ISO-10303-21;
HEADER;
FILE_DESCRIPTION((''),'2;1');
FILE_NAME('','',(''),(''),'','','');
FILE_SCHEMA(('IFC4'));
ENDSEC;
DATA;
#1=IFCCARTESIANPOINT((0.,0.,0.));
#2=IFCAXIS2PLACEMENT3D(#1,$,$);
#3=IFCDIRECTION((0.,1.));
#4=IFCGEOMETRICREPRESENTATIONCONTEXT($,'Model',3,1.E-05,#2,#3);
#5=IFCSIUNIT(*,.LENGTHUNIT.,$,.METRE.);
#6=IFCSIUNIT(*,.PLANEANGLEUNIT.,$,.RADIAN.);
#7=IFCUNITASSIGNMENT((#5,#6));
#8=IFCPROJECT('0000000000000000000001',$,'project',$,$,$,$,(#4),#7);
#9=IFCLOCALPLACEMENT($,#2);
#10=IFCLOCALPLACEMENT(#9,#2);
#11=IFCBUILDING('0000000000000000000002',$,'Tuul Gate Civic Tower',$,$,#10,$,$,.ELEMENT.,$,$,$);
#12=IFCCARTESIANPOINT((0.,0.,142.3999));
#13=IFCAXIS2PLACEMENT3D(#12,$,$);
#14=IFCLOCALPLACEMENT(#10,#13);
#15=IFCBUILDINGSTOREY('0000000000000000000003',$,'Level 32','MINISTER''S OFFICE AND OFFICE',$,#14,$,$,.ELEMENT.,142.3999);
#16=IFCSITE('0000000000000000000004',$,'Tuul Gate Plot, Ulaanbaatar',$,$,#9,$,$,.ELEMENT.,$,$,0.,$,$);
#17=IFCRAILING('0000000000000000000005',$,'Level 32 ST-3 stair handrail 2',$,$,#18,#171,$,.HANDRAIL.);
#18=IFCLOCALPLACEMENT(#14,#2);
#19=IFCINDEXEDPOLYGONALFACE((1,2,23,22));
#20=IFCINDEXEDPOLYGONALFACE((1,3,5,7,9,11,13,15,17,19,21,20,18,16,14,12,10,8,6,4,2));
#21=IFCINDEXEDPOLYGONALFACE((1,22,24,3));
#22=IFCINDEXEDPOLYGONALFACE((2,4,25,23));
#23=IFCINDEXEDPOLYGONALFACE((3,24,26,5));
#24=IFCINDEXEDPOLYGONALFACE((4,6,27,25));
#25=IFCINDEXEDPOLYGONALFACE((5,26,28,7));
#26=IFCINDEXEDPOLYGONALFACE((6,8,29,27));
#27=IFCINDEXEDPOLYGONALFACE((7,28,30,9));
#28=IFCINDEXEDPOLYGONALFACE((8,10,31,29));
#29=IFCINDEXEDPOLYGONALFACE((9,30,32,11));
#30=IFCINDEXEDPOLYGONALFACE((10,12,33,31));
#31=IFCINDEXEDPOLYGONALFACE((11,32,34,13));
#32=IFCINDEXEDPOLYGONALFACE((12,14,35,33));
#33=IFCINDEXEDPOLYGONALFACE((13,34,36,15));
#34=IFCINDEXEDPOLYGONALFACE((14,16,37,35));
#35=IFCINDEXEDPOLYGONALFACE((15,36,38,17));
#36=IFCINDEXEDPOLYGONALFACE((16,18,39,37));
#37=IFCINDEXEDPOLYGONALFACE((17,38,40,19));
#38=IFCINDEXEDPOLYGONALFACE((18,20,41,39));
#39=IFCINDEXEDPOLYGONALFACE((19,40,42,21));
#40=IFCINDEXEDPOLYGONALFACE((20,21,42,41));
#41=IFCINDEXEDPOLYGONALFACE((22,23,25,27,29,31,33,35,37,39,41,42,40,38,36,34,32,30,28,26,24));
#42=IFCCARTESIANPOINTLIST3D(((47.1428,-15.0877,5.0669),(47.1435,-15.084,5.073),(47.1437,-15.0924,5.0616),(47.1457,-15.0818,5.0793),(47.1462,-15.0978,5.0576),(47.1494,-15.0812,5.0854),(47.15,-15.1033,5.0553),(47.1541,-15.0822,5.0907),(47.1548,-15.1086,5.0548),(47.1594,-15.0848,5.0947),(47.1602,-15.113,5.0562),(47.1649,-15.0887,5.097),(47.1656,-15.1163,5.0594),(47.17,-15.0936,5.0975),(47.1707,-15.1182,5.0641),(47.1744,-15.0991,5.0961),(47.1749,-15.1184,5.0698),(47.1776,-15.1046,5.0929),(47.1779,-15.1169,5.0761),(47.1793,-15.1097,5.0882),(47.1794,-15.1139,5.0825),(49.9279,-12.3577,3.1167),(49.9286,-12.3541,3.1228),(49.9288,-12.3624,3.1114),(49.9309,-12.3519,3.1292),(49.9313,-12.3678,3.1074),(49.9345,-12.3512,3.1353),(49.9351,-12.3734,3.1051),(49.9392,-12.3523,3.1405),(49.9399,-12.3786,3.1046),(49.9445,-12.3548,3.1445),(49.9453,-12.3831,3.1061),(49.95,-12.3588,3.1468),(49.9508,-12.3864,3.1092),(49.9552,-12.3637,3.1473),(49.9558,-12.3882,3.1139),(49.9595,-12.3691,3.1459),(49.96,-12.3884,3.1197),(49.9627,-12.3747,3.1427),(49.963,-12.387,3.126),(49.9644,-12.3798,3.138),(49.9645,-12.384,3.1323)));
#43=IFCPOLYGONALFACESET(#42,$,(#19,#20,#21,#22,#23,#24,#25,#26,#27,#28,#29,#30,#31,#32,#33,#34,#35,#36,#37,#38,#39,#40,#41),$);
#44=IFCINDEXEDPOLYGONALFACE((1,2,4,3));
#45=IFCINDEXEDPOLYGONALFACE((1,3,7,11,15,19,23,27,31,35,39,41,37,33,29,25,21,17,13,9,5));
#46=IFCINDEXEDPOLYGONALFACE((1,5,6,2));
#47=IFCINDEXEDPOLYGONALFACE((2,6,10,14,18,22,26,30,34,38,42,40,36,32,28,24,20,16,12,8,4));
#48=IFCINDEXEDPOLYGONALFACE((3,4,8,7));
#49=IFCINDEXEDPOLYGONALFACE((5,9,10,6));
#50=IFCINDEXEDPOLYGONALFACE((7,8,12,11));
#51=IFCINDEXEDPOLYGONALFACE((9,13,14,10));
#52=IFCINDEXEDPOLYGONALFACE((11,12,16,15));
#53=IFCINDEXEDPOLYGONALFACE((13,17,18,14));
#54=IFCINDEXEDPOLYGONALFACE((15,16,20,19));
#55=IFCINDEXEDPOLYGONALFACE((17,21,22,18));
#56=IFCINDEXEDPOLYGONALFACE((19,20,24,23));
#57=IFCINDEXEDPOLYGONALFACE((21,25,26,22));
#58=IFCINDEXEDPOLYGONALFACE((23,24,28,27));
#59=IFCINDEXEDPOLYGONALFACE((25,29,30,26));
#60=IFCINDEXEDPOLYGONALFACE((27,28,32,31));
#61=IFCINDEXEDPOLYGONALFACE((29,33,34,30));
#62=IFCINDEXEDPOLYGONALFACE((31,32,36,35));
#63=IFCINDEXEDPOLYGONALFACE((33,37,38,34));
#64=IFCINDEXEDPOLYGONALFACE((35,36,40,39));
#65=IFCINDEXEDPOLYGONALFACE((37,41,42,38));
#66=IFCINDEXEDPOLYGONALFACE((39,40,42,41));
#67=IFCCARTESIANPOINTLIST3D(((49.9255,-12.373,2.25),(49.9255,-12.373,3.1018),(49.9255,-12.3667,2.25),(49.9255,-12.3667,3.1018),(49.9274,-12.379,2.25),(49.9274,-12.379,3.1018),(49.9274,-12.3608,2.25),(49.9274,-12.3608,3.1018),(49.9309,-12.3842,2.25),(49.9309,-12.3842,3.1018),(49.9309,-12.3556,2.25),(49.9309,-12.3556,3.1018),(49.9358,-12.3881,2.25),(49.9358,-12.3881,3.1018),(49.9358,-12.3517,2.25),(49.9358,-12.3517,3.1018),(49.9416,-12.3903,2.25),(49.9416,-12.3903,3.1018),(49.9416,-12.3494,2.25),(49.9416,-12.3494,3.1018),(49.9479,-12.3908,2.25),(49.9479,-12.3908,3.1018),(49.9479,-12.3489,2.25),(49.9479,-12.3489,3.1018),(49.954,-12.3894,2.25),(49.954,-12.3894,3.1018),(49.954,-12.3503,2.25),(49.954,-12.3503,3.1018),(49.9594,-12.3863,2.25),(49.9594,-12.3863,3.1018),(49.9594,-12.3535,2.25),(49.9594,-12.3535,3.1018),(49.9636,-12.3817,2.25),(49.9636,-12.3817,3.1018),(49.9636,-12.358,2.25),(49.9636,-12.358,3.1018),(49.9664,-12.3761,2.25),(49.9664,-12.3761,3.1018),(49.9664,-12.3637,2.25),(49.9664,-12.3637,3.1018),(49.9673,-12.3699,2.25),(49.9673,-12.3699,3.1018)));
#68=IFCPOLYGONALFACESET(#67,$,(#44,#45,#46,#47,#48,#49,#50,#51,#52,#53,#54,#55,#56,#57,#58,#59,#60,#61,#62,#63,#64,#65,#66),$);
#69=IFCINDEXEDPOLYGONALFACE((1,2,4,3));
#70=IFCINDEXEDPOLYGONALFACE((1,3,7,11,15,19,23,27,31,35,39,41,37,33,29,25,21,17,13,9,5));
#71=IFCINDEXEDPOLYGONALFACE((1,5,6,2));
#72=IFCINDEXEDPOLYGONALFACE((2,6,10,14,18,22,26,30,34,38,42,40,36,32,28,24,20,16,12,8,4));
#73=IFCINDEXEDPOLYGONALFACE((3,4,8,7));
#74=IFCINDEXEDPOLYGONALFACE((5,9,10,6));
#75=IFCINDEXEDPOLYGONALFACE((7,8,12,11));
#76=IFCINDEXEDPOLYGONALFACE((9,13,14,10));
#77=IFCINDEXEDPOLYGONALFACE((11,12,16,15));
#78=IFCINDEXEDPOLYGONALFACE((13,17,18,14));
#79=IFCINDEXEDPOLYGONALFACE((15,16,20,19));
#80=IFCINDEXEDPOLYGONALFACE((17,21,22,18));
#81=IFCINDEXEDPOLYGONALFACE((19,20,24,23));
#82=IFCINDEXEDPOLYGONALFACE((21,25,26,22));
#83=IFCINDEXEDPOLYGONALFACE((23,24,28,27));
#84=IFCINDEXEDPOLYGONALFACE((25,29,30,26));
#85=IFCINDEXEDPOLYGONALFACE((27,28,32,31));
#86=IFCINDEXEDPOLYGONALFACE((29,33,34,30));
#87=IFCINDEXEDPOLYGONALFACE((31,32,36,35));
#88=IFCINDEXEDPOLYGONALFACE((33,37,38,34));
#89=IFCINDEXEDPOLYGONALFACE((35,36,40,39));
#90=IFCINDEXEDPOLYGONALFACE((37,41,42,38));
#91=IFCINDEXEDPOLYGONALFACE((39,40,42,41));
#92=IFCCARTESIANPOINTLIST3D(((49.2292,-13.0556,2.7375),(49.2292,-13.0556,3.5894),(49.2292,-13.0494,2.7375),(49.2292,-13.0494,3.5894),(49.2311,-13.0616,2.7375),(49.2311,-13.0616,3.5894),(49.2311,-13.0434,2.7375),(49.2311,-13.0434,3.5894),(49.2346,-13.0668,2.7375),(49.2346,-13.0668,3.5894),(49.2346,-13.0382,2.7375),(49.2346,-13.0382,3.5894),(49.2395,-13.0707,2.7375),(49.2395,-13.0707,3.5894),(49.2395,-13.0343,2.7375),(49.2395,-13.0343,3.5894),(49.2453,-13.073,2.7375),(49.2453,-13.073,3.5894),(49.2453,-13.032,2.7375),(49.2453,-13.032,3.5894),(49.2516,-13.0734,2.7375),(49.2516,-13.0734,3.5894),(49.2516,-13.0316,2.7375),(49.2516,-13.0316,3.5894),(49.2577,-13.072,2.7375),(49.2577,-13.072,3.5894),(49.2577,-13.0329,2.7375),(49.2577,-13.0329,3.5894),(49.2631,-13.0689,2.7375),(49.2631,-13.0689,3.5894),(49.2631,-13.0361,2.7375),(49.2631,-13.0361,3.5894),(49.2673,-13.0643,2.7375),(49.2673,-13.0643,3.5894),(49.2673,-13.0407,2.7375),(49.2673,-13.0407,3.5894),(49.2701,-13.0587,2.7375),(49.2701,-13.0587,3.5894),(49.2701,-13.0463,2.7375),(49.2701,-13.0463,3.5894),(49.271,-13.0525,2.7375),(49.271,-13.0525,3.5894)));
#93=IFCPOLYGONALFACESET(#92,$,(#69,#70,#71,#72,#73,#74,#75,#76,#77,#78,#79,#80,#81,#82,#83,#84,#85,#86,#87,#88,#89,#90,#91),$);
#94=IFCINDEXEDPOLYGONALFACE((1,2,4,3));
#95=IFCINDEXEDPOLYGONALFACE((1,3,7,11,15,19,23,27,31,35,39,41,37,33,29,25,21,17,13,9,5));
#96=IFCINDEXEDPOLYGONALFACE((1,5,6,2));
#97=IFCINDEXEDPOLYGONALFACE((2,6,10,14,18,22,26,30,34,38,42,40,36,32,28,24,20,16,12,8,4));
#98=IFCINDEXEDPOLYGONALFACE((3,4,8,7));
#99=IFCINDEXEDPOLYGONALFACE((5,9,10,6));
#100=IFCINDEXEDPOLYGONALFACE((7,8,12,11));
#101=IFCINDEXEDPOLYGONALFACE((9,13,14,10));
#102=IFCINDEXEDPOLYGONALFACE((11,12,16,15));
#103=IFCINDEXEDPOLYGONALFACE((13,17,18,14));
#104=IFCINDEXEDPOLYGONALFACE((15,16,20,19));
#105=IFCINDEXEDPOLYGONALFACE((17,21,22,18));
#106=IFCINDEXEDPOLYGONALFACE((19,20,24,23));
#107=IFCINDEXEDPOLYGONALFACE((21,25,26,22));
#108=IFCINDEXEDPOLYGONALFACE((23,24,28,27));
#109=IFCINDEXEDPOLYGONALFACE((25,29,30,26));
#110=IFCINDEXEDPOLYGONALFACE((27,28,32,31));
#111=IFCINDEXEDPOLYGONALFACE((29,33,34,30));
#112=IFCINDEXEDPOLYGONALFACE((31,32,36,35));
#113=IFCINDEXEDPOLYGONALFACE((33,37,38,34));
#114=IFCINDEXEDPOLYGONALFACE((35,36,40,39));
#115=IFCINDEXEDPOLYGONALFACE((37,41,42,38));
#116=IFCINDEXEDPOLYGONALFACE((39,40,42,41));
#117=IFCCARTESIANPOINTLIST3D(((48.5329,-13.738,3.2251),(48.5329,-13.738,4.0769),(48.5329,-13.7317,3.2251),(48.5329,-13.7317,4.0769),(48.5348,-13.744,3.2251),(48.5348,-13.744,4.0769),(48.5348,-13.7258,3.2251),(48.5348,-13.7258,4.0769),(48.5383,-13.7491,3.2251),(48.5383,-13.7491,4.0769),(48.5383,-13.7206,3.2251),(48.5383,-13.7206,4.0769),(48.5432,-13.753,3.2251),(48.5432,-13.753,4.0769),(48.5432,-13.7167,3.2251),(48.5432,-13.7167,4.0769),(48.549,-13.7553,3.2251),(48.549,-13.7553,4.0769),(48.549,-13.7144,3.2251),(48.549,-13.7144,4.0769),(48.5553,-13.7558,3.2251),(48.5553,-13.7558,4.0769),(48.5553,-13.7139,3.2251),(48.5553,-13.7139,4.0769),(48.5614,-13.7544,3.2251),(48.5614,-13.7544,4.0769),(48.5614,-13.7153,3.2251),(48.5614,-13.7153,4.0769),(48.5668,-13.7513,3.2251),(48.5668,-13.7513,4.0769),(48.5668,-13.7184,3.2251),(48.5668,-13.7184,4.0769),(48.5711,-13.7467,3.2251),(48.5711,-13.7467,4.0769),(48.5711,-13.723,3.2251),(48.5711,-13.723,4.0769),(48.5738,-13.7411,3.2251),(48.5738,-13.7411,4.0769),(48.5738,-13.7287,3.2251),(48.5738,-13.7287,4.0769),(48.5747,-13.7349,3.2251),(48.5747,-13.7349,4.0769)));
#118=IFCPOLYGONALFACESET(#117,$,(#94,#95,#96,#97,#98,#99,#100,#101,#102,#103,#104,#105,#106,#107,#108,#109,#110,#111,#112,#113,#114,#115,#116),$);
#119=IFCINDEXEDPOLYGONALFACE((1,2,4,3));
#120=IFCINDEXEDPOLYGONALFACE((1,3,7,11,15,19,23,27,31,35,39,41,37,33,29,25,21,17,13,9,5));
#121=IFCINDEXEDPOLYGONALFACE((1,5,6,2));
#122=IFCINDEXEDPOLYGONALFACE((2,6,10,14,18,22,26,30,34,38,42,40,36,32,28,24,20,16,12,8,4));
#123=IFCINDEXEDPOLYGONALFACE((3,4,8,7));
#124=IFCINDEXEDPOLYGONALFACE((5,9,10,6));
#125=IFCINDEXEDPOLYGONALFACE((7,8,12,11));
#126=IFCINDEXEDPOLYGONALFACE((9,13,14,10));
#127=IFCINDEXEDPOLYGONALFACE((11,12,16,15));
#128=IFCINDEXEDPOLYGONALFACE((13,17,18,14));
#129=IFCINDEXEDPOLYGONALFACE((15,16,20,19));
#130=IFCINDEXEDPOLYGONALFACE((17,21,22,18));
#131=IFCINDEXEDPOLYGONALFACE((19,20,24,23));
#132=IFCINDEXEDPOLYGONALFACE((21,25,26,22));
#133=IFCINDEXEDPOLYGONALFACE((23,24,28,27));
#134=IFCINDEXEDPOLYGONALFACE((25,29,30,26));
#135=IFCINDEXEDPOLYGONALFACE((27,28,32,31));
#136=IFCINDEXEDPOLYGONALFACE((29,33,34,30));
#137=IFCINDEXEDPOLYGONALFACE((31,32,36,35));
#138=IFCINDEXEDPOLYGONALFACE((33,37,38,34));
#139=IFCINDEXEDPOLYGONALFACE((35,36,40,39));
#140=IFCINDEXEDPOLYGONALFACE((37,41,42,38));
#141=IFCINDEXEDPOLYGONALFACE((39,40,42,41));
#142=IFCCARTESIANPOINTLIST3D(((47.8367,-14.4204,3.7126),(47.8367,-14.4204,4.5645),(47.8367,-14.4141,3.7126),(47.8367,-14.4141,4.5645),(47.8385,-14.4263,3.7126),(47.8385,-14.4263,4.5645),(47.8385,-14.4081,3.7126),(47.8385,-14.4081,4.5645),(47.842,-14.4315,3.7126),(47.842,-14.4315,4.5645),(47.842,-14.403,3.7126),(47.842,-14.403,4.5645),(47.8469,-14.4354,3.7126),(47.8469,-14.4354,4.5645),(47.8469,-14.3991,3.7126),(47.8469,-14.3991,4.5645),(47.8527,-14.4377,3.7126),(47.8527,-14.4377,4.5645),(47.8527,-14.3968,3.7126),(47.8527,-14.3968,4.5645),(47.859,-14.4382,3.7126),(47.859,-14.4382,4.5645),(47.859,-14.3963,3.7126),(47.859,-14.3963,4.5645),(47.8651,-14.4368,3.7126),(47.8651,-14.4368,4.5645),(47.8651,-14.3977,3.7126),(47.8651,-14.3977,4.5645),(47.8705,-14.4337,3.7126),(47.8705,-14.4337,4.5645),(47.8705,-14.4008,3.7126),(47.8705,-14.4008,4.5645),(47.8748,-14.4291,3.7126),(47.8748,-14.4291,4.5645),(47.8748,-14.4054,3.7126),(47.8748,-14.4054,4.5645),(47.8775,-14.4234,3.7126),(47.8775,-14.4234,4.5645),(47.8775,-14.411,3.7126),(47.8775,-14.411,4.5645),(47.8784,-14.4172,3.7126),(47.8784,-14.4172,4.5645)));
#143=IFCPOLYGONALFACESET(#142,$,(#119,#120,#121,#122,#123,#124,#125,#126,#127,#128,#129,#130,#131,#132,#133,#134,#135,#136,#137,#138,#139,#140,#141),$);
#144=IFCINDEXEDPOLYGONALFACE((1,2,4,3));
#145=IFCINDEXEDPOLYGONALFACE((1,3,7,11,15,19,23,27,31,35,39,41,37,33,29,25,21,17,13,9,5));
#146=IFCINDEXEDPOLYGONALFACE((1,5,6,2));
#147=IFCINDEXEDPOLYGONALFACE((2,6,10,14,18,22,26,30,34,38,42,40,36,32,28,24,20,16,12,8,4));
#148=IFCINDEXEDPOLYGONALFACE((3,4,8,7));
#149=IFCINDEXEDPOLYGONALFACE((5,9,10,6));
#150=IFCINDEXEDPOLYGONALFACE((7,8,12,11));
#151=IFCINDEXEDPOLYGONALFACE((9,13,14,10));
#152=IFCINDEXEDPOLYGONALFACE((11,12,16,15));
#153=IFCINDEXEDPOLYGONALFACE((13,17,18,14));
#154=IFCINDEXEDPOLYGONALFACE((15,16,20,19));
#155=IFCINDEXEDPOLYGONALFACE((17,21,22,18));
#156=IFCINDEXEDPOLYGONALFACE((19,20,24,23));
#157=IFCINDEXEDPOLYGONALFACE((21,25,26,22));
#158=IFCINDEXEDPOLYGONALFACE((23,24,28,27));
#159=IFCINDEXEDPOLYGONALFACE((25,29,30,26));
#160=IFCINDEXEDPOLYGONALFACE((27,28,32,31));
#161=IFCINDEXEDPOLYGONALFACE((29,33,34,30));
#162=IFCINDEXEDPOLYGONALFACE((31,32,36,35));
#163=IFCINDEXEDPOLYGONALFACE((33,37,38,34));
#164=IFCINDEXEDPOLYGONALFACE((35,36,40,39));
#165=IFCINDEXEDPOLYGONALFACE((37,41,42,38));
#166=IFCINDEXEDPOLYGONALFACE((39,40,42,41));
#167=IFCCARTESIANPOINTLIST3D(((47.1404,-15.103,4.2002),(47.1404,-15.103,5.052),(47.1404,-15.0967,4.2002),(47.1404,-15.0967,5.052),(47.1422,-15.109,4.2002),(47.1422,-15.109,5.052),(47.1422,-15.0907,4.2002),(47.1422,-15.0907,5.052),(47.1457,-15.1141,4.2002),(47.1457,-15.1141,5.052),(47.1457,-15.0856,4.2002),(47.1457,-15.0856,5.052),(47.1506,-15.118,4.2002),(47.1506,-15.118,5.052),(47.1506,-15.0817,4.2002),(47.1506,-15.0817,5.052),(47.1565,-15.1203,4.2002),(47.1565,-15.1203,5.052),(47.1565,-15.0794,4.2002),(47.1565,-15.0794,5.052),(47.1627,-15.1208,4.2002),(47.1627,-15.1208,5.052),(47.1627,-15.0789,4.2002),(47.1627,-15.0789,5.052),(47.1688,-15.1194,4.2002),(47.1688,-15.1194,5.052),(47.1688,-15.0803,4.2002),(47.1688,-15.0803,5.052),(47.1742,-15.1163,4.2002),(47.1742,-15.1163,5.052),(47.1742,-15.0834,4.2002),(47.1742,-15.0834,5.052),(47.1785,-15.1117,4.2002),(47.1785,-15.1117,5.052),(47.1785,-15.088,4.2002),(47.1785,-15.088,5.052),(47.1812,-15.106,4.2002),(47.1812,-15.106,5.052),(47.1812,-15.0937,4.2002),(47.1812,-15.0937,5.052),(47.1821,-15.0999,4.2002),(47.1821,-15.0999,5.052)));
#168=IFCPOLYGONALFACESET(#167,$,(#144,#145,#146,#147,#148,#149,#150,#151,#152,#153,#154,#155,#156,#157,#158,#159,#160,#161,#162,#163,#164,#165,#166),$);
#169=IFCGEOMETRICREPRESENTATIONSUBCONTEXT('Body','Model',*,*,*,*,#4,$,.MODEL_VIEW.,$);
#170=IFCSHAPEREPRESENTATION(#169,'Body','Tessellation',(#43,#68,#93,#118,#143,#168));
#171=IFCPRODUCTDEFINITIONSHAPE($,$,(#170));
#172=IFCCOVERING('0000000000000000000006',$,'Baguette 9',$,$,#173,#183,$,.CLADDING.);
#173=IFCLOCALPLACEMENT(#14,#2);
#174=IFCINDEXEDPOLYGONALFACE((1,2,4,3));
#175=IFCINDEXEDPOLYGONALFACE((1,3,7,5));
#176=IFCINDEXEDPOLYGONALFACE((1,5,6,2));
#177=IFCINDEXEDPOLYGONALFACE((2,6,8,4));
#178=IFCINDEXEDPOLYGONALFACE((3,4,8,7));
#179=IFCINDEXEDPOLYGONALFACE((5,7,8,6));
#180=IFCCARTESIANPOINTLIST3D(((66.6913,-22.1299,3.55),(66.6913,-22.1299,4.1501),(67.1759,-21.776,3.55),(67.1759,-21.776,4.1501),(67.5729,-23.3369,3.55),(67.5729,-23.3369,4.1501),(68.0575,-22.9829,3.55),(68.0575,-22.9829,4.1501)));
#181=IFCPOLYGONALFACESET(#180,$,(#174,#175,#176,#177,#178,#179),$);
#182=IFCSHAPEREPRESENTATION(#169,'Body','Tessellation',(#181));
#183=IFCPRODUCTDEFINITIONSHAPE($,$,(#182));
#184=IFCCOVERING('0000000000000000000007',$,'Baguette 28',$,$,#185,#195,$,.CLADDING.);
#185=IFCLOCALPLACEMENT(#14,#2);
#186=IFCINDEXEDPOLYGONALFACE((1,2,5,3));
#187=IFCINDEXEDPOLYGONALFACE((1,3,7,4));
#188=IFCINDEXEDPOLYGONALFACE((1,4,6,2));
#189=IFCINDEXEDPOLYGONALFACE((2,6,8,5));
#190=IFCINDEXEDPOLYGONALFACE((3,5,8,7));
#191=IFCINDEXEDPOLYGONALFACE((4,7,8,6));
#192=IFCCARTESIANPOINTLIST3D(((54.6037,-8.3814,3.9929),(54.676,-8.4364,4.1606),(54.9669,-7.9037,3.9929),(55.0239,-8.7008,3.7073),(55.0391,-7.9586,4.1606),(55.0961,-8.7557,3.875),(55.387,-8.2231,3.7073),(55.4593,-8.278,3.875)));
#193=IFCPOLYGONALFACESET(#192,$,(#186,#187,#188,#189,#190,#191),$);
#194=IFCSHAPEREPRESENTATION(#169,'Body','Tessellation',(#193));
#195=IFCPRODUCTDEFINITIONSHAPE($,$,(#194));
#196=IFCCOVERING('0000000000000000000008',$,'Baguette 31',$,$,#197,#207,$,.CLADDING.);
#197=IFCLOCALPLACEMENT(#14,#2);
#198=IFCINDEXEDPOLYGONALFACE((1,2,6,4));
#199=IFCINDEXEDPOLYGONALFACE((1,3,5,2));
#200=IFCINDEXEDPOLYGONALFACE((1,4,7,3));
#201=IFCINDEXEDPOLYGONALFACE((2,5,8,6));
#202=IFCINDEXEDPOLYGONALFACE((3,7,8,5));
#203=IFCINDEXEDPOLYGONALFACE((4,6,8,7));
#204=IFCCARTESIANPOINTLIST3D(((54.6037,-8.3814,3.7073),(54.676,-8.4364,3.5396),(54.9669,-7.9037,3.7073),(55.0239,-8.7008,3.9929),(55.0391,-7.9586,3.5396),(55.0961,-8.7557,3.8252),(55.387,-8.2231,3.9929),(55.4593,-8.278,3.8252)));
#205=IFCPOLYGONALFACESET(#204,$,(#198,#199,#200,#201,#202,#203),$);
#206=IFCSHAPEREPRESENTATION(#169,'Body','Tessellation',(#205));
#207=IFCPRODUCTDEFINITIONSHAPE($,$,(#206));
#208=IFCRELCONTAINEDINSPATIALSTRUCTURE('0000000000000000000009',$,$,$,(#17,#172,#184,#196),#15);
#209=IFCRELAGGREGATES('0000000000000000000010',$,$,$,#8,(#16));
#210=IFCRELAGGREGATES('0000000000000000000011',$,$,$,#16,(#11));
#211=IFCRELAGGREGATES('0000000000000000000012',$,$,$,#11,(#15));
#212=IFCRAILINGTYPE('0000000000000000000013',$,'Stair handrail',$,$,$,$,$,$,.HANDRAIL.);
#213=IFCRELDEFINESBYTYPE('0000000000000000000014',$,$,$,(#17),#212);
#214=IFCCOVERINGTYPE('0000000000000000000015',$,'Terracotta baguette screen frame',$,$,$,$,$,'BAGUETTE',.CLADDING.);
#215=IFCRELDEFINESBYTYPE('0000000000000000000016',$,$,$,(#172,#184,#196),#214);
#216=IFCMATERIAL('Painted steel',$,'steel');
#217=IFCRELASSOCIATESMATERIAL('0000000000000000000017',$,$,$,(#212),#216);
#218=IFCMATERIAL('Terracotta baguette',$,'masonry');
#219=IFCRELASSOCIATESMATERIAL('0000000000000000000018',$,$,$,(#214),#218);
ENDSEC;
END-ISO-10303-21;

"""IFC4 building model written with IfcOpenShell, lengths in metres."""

from ifc_helpers import new_model, si_unit, direction, frame, origin, origin_2d, place, context, subcontext, project, spatial, rectangle, circle, extrude, material, material_profile, profile_set, type_object, element, save


model = new_model("IFC4")

# Units and contexts
model_context = context("Model", 3, precision=1e-05, world=origin(), true_north=direction((0.0, 1.0)))
body_context = subcontext(model_context, "Body", "Model", "MODEL_VIEW")
ifc_project = project(units=[si_unit("LENGTHUNIT", "METRE"), si_unit("PLANEANGLEUNIT", "RADIAN")], contexts=[model_context])

# Site, building, storey
site_placement = place(None, origin())
site = spatial("IfcSite", under=ifc_project, at=site_placement, Name="Tuul Gate Plot, Ulaanbaatar", CompositionType="ELEMENT", RefElevation=0.0)
building_placement = place(site_placement, origin())
building = spatial("IfcBuilding", under=site, at=building_placement, Name="Tuul Gate Civic Tower", CompositionType="ELEMENT")
storey_placement = place(building_placement, frame((0.0, 0.0, 142.3999)))
storey = spatial("IfcBuildingStorey", under=building, at=storey_placement, Name="Level 32", Description="MINISTER'S OFFICE AND OFFICE", CompositionType="ELEMENT", Elevation=142.3999)

# Railing
ifc_material_1 = material(Name="Painted steel", Category="steel")
railing_type = type_object("IfcRailingType", Name="Stair handrail", PredefinedType="HANDRAIL", material=ifc_material_1)
railing_1_placement = place(storey_placement, frame((49.9463, -12.3699, 2.25)))
element("IfcRailing", 1, at=railing_1_placement, inside=storey, type_object=railing_type, Name="Level 32 ST-3 stair handrail 2", PredefinedType="HANDRAIL", context=body_context, shape_type="SweptSolid", body=[
    extrude(circle(Radius=0.0239, at=origin_2d()), frame((0.0, 0.0, 0.876), z_axis=(-0.638738, -0.626084, 0.447251), x_axis=(0.699998, -0.714145, 0.0)), (0.0, 0.0, 1.0), 4.3604),
    extrude(circle(Radius=0.021, at=origin_2d()), origin(), (0.0, 0.0, 1.0), 0.8518),
    extrude(circle(Radius=0.021, at=origin_2d()), frame((-0.6963, -0.6826, 0.4875)), (0.0, 0.0, 1.0), 0.8518),
    extrude(circle(Radius=0.021, at=origin_2d()), frame((-1.3926, -1.365, 0.9751)), (0.0, 0.0, 1.0), 0.8518),
    extrude(circle(Radius=0.021, at=origin_2d()), frame((-2.0889, -2.0474, 1.4626)), (0.0, 0.0, 1.0), 0.8518),
    extrude(circle(Radius=0.021, at=origin_2d()), frame((-2.7852, -2.73, 1.9502)), (0.0, 0.0, 1.0), 0.8518),
])

# Coverings
ifc_material_2 = material(Name="Terracotta baguette", Category="masonry")
ifc_material_profile_1 = material_profile(ifc_material_2, rectangle(XDim=0.6001, YDim=0.6001, at=origin_2d()), Name="Terracotta baguette screen frame")
ifc_profile_set_1 = profile_set([ifc_material_profile_1], Name="Terracotta baguette")
covering_type = type_object("IfcCoveringType", Name="Terracotta baguette screen frame", ElementType="BAGUETTE", PredefinedType="CLADDING", material=ifc_profile_set_1)
covering_1_placement = place(storey_placement, frame((67.8152, -23.1599, 3.8501), z_axis=(-0.589812, 0.807541, 0.0), x_axis=(-0.807541, -0.589812, 0.0)))
element("IfcCovering", 2, at=covering_1_placement, inside=storey, type_object=covering_type, Name="Baguette 9", PredefinedType="CLADDING", context=body_context, shape_type="SweptSolid", body=[
    extrude(rectangle(XDim=0.6001, YDim=0.6001, at=origin_2d()), origin(), (0.0, 0.0, 1.0), 1.4946),
])
for number, where, z_axis, x_axis, name in (
    (3, (55.0676, -8.3572, 4.0178), (-0.378924, 0.288033, -0.879462), (-0.605151, -0.79611, 0.0), "Baguette 28"),
    (4, (54.9954, -8.3022, 3.8501), (0.378924, -0.288033, -0.879462), (0.605151, 0.79611, 0.0), "Baguette 31"),
):
    element("IfcCovering", number, at=place(storey_placement, frame(where, z_axis=z_axis, x_axis=x_axis)), inside=storey, type_object=covering_type, Name=name, PredefinedType="CLADDING", context=body_context, shape_type="SweptSolid", body=[
        extrude(rectangle(XDim=0.6001, YDim=0.6001, at=origin_2d()), origin(), (0.0, 0.0, 1.0), 0.1907),
    ])

save(model, "model.ifc")
